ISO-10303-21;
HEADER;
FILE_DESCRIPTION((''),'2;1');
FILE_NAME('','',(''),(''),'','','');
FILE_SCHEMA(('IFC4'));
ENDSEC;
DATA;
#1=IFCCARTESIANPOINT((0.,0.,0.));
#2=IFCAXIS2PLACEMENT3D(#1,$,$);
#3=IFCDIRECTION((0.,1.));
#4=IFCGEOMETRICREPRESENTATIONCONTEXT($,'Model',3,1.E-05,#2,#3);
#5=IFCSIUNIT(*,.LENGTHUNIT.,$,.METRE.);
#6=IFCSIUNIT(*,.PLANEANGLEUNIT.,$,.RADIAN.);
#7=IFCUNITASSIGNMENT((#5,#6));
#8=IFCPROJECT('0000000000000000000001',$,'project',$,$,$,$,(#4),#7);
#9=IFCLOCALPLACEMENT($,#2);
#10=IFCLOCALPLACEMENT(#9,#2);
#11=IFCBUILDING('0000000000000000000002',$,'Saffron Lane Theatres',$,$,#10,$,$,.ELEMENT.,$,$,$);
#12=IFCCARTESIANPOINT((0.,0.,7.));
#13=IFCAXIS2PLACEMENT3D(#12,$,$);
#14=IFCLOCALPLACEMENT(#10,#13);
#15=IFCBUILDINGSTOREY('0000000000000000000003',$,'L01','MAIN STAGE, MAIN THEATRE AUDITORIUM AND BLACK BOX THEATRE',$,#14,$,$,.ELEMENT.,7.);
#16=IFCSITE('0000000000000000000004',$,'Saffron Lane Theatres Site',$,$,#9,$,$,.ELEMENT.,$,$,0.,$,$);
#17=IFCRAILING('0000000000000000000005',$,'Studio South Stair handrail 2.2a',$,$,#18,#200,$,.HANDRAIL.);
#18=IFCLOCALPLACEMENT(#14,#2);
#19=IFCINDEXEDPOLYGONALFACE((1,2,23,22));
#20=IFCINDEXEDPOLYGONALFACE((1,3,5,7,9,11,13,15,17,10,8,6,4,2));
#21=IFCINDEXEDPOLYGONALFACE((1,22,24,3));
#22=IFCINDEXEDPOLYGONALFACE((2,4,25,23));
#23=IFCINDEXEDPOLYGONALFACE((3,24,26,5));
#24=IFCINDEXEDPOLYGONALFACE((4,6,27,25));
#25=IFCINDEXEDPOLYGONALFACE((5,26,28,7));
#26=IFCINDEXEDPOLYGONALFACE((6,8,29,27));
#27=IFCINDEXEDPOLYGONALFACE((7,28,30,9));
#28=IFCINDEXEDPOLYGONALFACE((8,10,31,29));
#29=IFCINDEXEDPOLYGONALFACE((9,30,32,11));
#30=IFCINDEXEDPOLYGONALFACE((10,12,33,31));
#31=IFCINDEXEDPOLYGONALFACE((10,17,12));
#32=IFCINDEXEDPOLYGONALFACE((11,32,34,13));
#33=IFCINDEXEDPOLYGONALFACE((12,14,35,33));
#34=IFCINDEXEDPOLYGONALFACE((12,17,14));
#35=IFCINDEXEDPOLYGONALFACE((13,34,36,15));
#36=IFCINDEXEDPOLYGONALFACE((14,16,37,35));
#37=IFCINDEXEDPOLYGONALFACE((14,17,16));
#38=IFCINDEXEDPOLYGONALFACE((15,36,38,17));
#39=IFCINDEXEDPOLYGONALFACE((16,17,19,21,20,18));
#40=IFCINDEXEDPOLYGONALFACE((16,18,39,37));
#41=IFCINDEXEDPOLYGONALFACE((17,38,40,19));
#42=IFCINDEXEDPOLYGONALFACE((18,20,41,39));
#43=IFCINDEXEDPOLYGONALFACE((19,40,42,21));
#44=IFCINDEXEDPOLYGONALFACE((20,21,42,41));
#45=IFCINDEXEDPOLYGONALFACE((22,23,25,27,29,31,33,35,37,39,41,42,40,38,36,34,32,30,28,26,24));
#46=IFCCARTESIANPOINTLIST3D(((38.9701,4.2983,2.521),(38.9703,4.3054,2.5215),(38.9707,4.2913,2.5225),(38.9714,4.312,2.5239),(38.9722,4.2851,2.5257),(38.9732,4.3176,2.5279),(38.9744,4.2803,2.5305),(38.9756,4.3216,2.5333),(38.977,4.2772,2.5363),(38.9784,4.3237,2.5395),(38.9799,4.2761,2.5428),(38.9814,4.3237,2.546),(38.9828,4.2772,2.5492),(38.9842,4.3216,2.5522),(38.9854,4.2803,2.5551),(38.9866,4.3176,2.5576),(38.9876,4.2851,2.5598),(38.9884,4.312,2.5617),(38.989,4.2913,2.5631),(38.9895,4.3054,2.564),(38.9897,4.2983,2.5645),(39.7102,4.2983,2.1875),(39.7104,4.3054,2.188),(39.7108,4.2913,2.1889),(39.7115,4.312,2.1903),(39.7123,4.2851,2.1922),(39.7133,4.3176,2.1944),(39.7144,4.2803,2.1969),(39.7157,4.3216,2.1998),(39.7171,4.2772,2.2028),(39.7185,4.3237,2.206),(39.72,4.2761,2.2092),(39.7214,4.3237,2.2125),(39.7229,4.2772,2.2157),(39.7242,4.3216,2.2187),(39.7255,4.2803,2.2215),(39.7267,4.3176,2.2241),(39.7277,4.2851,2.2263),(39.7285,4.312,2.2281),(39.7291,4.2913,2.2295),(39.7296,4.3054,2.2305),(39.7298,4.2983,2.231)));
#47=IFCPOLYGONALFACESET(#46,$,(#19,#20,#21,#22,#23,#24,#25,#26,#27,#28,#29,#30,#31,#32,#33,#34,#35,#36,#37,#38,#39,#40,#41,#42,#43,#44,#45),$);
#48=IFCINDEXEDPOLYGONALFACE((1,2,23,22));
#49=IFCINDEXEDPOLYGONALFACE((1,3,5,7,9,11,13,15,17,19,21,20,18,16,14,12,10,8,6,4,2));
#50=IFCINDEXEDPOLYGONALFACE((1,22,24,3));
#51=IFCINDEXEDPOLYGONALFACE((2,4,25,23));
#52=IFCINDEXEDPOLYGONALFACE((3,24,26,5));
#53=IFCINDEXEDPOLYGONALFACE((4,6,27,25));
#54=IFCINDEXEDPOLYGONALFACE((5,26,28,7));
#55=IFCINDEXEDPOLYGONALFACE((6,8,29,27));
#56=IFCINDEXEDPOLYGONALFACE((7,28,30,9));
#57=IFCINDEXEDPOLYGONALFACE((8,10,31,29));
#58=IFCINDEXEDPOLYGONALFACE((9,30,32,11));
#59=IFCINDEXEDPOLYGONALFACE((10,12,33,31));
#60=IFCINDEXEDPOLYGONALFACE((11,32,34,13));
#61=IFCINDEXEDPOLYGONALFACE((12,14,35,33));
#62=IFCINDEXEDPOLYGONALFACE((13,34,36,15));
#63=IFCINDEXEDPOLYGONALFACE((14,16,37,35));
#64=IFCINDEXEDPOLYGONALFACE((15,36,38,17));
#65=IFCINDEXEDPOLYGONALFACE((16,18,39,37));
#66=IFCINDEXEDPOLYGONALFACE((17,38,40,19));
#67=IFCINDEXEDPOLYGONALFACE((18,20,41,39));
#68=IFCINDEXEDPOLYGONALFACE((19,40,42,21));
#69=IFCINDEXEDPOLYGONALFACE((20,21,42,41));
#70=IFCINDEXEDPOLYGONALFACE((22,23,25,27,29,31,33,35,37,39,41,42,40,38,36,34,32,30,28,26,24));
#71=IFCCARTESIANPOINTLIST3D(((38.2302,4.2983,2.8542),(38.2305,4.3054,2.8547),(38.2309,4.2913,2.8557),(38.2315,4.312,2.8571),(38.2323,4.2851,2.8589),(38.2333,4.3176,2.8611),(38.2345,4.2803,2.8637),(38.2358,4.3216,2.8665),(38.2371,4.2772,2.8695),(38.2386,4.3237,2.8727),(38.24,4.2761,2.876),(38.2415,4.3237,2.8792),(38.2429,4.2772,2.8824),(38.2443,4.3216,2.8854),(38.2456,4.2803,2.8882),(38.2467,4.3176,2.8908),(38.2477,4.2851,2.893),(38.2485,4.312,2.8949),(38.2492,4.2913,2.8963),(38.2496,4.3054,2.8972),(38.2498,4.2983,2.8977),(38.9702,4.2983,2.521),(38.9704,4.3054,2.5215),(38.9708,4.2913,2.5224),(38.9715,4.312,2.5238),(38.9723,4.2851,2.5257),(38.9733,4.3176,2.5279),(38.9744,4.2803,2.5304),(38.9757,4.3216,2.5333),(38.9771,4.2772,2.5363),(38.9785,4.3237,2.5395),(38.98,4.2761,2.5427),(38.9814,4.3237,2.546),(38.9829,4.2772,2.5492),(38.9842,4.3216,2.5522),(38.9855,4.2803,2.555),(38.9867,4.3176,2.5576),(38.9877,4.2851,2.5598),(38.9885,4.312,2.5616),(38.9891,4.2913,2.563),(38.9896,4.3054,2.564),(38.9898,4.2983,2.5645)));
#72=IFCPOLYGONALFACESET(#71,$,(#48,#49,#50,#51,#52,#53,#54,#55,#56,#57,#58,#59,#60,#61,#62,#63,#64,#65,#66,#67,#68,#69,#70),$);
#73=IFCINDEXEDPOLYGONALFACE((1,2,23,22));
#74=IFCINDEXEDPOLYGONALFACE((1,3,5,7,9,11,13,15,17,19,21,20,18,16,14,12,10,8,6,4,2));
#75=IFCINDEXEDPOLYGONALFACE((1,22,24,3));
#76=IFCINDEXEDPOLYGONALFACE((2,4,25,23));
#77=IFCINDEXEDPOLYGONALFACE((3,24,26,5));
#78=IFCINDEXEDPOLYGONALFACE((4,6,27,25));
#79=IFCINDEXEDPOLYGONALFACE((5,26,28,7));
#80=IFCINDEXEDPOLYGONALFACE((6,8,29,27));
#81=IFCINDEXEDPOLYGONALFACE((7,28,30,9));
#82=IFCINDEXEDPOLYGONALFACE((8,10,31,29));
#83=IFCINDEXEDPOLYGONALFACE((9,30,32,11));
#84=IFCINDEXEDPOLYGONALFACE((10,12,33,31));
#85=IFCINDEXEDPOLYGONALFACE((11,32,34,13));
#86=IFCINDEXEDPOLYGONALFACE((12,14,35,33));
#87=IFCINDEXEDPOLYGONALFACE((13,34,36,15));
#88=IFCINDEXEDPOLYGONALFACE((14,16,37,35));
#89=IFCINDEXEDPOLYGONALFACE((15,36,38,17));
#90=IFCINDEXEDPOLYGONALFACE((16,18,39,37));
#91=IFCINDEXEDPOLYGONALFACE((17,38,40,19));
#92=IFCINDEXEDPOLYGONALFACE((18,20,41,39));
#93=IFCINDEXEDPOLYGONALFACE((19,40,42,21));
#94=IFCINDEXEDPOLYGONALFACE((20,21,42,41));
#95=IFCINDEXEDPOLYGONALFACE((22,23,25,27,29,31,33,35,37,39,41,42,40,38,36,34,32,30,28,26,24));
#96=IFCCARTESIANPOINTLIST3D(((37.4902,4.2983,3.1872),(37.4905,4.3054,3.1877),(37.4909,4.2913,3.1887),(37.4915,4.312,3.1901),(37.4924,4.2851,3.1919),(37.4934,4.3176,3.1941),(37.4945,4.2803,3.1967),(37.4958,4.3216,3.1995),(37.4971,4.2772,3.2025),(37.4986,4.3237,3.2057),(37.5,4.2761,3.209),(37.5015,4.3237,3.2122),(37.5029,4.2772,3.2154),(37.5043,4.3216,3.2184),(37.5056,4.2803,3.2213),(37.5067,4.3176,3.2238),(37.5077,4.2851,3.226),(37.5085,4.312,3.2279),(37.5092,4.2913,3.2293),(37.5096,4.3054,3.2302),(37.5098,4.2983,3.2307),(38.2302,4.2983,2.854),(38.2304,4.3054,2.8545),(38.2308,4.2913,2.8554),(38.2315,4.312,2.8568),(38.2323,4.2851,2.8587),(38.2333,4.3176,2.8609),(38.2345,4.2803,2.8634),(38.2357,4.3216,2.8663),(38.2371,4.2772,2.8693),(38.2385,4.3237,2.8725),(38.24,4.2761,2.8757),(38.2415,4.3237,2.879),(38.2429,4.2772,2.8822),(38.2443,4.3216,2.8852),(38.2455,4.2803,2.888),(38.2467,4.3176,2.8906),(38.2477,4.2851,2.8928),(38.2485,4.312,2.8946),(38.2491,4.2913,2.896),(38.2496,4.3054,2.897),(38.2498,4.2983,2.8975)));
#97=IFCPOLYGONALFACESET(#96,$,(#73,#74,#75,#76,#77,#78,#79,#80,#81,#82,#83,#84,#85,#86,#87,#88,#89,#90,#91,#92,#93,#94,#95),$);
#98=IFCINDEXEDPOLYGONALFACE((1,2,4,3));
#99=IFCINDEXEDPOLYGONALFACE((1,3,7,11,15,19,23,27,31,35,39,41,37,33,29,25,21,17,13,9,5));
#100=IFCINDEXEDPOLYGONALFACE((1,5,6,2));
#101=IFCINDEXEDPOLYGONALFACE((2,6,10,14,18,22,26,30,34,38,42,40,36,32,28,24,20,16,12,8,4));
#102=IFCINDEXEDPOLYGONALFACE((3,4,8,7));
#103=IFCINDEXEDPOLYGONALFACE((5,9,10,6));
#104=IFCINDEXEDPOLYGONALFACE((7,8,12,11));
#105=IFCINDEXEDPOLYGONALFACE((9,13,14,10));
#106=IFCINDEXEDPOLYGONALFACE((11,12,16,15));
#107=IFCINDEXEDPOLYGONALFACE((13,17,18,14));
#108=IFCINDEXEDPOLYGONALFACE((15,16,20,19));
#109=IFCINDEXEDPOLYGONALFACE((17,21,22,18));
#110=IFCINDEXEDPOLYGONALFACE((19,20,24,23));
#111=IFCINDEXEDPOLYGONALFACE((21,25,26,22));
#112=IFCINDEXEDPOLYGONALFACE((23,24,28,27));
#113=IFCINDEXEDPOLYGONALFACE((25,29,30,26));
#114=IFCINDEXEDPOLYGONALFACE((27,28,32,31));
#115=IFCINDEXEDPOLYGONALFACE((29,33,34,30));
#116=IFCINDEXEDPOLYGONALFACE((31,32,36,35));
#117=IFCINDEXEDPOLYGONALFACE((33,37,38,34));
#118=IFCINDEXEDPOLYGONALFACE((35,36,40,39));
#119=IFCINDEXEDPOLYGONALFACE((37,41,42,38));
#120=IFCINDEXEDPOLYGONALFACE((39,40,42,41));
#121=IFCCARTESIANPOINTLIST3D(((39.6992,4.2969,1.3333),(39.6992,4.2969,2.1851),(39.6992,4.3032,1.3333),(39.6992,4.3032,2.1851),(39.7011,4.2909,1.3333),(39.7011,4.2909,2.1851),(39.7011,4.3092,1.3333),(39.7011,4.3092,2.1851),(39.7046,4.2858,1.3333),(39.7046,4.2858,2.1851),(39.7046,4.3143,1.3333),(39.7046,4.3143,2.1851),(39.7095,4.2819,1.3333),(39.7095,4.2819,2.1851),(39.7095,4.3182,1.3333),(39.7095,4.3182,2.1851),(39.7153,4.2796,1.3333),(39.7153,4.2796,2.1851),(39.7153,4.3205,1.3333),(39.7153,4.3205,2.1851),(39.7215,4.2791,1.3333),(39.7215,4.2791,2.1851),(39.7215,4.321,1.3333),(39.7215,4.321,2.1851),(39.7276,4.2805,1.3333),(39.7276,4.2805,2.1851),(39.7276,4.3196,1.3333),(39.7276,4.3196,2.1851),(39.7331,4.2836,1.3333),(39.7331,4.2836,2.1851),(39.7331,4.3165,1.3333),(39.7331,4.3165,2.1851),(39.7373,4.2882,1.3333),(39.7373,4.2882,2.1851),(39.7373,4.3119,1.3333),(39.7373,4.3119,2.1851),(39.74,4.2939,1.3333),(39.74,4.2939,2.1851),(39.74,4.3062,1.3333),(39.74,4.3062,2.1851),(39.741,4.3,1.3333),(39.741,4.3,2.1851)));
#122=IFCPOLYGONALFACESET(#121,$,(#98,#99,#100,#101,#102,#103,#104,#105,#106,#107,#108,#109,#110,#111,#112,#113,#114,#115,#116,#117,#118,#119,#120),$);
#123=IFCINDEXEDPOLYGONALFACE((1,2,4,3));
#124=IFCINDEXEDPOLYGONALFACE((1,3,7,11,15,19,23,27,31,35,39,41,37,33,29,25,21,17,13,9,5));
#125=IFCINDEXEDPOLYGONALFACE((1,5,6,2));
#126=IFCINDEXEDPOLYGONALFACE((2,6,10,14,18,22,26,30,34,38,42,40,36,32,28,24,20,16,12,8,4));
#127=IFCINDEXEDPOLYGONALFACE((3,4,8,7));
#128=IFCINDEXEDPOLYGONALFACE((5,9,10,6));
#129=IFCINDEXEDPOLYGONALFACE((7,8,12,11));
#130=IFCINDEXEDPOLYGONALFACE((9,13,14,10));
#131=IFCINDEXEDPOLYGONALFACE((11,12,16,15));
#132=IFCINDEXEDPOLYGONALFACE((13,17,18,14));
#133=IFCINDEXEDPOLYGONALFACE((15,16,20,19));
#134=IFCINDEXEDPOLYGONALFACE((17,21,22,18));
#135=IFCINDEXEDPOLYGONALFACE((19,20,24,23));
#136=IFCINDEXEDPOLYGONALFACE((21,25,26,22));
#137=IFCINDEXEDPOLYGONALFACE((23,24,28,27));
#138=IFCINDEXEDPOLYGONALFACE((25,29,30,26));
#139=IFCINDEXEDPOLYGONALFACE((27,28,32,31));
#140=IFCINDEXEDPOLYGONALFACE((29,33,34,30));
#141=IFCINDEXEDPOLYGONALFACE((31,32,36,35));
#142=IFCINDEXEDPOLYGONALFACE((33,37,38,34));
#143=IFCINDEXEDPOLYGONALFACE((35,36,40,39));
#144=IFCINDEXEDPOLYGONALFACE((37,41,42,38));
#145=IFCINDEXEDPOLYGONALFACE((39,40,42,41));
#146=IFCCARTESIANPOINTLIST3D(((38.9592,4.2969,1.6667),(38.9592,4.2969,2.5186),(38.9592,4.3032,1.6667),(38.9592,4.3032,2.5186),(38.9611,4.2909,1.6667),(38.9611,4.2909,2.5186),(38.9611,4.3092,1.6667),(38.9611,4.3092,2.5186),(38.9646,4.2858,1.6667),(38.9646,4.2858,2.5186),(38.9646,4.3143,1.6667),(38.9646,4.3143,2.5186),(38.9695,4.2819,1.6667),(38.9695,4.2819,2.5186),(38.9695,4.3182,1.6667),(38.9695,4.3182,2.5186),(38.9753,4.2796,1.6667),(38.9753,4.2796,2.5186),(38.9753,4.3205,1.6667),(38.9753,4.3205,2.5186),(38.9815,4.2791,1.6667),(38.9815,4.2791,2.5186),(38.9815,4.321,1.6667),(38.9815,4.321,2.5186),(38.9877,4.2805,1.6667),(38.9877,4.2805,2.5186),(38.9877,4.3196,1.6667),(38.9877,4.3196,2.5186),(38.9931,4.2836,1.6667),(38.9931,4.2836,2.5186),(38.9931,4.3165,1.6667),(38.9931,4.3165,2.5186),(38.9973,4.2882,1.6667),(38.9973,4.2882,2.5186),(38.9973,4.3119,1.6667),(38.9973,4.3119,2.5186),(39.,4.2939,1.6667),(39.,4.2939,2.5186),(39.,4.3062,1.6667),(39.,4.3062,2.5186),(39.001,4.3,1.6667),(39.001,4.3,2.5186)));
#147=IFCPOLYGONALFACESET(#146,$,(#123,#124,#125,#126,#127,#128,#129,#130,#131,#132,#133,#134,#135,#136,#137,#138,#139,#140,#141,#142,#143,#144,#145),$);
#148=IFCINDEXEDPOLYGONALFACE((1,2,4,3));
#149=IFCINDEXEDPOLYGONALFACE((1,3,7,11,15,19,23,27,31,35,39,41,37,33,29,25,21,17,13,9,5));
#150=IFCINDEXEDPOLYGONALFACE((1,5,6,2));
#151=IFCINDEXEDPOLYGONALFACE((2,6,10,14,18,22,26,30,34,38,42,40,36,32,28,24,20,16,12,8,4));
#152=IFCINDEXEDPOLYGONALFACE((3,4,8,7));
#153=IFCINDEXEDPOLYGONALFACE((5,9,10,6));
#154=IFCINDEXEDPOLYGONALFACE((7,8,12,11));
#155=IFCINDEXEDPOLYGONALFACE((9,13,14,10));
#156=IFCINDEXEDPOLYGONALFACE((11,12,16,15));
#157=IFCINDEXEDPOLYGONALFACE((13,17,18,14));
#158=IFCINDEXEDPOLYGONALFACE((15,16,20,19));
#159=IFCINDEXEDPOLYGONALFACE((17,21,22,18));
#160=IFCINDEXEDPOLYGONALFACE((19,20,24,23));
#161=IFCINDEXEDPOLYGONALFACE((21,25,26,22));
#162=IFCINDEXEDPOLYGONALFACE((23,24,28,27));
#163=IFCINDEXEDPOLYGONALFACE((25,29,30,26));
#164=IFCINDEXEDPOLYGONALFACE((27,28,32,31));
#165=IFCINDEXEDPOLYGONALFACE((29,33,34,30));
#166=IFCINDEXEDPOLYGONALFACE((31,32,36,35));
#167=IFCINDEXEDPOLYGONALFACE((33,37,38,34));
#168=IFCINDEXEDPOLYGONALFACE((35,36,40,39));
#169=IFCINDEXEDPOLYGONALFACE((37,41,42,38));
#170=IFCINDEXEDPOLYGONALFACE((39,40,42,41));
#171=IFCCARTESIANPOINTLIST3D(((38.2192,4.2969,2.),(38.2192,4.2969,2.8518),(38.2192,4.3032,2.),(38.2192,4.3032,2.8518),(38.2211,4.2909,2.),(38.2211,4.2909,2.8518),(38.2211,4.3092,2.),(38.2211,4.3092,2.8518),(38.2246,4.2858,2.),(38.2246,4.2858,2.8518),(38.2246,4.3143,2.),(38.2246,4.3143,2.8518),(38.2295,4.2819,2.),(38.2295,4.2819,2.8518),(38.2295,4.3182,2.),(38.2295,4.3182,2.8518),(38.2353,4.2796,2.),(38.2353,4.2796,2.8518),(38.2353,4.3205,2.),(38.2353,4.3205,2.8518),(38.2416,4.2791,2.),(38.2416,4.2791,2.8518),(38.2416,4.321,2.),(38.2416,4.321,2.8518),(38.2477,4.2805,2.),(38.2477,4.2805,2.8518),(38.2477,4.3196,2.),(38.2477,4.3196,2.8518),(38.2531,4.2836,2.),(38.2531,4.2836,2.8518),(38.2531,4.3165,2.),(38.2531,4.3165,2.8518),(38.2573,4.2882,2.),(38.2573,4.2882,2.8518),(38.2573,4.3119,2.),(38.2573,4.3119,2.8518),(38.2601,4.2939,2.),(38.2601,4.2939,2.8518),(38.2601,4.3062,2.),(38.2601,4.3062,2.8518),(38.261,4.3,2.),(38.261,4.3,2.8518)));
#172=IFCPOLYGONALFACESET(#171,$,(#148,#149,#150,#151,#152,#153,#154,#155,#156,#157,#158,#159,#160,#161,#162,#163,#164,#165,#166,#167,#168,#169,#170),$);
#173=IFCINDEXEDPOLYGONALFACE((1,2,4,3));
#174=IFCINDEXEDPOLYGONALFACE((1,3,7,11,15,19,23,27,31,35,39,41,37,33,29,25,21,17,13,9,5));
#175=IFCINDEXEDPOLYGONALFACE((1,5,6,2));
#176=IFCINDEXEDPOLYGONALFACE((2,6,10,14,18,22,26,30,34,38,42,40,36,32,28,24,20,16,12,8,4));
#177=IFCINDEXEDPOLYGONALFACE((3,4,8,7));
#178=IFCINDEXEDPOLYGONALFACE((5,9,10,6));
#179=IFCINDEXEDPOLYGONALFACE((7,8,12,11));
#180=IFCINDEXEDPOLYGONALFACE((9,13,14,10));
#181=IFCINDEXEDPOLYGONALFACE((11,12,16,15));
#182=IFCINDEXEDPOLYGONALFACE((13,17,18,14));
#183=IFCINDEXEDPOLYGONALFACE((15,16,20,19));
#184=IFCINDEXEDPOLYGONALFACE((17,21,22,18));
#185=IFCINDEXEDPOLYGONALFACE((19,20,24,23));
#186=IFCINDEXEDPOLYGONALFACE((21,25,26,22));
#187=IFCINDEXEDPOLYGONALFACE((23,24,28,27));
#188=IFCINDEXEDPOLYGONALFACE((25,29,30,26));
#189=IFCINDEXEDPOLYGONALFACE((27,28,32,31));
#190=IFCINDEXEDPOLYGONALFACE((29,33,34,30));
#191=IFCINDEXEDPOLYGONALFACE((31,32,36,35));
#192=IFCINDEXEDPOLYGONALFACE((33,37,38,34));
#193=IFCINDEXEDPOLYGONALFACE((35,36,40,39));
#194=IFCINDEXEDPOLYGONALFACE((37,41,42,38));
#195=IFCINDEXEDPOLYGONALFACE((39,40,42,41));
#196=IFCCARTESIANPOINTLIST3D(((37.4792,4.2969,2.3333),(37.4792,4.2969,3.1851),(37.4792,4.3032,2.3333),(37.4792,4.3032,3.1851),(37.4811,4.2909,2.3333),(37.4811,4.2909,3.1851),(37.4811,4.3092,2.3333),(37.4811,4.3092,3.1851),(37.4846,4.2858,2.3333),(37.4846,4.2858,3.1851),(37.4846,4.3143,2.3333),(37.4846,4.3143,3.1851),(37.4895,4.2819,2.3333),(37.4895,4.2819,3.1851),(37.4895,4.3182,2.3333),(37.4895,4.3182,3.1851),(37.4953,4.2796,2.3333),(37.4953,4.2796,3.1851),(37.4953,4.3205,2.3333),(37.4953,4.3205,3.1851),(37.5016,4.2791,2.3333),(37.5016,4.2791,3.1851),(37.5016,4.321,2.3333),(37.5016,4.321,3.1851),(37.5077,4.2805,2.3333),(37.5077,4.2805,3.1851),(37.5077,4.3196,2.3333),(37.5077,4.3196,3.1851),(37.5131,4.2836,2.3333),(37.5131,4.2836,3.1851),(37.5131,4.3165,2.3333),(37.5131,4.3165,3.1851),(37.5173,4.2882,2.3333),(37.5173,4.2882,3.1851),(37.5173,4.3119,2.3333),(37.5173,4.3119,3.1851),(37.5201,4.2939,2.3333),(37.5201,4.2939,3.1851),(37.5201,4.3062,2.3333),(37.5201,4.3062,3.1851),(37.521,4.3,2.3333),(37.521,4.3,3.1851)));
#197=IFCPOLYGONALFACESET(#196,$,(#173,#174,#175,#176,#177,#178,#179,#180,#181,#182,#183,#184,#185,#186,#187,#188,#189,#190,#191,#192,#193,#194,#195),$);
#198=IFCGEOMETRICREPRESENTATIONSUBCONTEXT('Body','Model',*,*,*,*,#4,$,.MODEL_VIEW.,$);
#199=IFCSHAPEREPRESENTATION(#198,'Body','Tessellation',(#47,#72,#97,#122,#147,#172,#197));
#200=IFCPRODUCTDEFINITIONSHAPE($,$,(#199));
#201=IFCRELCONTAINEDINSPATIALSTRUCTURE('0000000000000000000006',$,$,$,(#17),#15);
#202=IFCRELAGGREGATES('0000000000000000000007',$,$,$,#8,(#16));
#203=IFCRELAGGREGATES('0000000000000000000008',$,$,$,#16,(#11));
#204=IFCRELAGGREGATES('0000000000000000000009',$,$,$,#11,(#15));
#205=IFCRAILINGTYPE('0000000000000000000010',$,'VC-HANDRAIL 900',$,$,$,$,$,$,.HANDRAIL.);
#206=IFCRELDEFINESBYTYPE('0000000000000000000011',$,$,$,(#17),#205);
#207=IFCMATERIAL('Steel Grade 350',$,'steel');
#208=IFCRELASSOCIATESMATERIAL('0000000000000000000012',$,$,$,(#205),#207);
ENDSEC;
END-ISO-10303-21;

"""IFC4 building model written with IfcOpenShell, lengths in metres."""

from ifc_helpers import new_model, si_unit, direction, frame, origin, origin_2d, place, context, subcontext, project, spatial, circle, extrude, material, type_object, element, save


model = new_model("IFC4")

# Units and contexts
model_context = context("Model", 3, precision=1e-05, world=origin(), true_north=direction((0.0, 1.0)))
body_context = subcontext(model_context, "Body", "Model", "MODEL_VIEW")
ifc_project = project(units=[si_unit("LENGTHUNIT", "METRE"), si_unit("PLANEANGLEUNIT", "RADIAN")], contexts=[model_context])

# Site, building, storey
site_placement = place(None, origin())
site = spatial("IfcSite", under=ifc_project, at=site_placement, Name="Saffron Lane Theatres Site", CompositionType="ELEMENT", RefElevation=0.0)
building_placement = place(site_placement, origin())
building = spatial("IfcBuilding", under=site, at=building_placement, Name="Saffron Lane Theatres", CompositionType="ELEMENT")
storey_placement = place(building_placement, frame((0.0, 0.0, 7.0)))
storey = spatial("IfcBuildingStorey", under=building, at=storey_placement, Name="L01", Description="MAIN STAGE, MAIN THEATRE AUDITORIUM AND BLACK BOX THEATRE", CompositionType="ELEMENT", Elevation=7.0)

# Railing
ifc_material_1 = material(Name="Steel Grade 350", Category="steel")
railing_type_1 = type_object("IfcRailingType", Name="VC-HANDRAIL 900", PredefinedType="HANDRAIL", material=ifc_material_1)
for number, where, name in (
    (1, (39.72, 4.3, 1.3333), "Studio South Stair handrail 2.2a"),
):
    element("IfcRailing", number, at=place(storey_placement, frame(where)), inside=storey, type_object=railing_type_1, Name=name, PredefinedType="HANDRAIL", context=body_context, shape_type="SweptSolid", body=[
        extrude(circle(Radius=0.0239, at=origin_2d()), frame((0.0, 0.0, 0.876), z_axis=(-0.911691, 0.0, 0.410877), x_axis=(0.0, -1.0, 0.0)), (0.0, 0.0, 1.0), 0.8118),
        extrude(circle(Radius=0.0239, at=origin_2d()), frame((-0.74, 0.0, 1.2095), z_axis=(-0.911803, 0.0, 0.410627), x_axis=(0.0, -1.0, 0.0)), (0.0, 0.0, 1.0), 0.8115),
        extrude(circle(Radius=0.0239, at=origin_2d()), frame((-1.48, 0.0, 1.5425), z_axis=(-0.911803, 0.0, 0.410627), x_axis=(0.0, -1.0, 0.0)), (0.0, 0.0, 1.0), 0.8115),
        extrude(circle(Radius=0.021, at=origin_2d()), origin(), (0.0, 0.0, 1.0), 0.8518),
        extrude(circle(Radius=0.021, at=origin_2d()), frame((-0.74, 0.0, 0.3335)), (0.0, 0.0, 1.0), 0.8518),
        extrude(circle(Radius=0.021, at=origin_2d()), frame((-1.48, 0.0, 0.6667)), (0.0, 0.0, 1.0), 0.8518),
        extrude(circle(Radius=0.021, at=origin_2d()), frame((-2.22, 0.0, 1.0)), (0.0, 0.0, 1.0), 0.8518),
    ])

save(model, "model.ifc")
